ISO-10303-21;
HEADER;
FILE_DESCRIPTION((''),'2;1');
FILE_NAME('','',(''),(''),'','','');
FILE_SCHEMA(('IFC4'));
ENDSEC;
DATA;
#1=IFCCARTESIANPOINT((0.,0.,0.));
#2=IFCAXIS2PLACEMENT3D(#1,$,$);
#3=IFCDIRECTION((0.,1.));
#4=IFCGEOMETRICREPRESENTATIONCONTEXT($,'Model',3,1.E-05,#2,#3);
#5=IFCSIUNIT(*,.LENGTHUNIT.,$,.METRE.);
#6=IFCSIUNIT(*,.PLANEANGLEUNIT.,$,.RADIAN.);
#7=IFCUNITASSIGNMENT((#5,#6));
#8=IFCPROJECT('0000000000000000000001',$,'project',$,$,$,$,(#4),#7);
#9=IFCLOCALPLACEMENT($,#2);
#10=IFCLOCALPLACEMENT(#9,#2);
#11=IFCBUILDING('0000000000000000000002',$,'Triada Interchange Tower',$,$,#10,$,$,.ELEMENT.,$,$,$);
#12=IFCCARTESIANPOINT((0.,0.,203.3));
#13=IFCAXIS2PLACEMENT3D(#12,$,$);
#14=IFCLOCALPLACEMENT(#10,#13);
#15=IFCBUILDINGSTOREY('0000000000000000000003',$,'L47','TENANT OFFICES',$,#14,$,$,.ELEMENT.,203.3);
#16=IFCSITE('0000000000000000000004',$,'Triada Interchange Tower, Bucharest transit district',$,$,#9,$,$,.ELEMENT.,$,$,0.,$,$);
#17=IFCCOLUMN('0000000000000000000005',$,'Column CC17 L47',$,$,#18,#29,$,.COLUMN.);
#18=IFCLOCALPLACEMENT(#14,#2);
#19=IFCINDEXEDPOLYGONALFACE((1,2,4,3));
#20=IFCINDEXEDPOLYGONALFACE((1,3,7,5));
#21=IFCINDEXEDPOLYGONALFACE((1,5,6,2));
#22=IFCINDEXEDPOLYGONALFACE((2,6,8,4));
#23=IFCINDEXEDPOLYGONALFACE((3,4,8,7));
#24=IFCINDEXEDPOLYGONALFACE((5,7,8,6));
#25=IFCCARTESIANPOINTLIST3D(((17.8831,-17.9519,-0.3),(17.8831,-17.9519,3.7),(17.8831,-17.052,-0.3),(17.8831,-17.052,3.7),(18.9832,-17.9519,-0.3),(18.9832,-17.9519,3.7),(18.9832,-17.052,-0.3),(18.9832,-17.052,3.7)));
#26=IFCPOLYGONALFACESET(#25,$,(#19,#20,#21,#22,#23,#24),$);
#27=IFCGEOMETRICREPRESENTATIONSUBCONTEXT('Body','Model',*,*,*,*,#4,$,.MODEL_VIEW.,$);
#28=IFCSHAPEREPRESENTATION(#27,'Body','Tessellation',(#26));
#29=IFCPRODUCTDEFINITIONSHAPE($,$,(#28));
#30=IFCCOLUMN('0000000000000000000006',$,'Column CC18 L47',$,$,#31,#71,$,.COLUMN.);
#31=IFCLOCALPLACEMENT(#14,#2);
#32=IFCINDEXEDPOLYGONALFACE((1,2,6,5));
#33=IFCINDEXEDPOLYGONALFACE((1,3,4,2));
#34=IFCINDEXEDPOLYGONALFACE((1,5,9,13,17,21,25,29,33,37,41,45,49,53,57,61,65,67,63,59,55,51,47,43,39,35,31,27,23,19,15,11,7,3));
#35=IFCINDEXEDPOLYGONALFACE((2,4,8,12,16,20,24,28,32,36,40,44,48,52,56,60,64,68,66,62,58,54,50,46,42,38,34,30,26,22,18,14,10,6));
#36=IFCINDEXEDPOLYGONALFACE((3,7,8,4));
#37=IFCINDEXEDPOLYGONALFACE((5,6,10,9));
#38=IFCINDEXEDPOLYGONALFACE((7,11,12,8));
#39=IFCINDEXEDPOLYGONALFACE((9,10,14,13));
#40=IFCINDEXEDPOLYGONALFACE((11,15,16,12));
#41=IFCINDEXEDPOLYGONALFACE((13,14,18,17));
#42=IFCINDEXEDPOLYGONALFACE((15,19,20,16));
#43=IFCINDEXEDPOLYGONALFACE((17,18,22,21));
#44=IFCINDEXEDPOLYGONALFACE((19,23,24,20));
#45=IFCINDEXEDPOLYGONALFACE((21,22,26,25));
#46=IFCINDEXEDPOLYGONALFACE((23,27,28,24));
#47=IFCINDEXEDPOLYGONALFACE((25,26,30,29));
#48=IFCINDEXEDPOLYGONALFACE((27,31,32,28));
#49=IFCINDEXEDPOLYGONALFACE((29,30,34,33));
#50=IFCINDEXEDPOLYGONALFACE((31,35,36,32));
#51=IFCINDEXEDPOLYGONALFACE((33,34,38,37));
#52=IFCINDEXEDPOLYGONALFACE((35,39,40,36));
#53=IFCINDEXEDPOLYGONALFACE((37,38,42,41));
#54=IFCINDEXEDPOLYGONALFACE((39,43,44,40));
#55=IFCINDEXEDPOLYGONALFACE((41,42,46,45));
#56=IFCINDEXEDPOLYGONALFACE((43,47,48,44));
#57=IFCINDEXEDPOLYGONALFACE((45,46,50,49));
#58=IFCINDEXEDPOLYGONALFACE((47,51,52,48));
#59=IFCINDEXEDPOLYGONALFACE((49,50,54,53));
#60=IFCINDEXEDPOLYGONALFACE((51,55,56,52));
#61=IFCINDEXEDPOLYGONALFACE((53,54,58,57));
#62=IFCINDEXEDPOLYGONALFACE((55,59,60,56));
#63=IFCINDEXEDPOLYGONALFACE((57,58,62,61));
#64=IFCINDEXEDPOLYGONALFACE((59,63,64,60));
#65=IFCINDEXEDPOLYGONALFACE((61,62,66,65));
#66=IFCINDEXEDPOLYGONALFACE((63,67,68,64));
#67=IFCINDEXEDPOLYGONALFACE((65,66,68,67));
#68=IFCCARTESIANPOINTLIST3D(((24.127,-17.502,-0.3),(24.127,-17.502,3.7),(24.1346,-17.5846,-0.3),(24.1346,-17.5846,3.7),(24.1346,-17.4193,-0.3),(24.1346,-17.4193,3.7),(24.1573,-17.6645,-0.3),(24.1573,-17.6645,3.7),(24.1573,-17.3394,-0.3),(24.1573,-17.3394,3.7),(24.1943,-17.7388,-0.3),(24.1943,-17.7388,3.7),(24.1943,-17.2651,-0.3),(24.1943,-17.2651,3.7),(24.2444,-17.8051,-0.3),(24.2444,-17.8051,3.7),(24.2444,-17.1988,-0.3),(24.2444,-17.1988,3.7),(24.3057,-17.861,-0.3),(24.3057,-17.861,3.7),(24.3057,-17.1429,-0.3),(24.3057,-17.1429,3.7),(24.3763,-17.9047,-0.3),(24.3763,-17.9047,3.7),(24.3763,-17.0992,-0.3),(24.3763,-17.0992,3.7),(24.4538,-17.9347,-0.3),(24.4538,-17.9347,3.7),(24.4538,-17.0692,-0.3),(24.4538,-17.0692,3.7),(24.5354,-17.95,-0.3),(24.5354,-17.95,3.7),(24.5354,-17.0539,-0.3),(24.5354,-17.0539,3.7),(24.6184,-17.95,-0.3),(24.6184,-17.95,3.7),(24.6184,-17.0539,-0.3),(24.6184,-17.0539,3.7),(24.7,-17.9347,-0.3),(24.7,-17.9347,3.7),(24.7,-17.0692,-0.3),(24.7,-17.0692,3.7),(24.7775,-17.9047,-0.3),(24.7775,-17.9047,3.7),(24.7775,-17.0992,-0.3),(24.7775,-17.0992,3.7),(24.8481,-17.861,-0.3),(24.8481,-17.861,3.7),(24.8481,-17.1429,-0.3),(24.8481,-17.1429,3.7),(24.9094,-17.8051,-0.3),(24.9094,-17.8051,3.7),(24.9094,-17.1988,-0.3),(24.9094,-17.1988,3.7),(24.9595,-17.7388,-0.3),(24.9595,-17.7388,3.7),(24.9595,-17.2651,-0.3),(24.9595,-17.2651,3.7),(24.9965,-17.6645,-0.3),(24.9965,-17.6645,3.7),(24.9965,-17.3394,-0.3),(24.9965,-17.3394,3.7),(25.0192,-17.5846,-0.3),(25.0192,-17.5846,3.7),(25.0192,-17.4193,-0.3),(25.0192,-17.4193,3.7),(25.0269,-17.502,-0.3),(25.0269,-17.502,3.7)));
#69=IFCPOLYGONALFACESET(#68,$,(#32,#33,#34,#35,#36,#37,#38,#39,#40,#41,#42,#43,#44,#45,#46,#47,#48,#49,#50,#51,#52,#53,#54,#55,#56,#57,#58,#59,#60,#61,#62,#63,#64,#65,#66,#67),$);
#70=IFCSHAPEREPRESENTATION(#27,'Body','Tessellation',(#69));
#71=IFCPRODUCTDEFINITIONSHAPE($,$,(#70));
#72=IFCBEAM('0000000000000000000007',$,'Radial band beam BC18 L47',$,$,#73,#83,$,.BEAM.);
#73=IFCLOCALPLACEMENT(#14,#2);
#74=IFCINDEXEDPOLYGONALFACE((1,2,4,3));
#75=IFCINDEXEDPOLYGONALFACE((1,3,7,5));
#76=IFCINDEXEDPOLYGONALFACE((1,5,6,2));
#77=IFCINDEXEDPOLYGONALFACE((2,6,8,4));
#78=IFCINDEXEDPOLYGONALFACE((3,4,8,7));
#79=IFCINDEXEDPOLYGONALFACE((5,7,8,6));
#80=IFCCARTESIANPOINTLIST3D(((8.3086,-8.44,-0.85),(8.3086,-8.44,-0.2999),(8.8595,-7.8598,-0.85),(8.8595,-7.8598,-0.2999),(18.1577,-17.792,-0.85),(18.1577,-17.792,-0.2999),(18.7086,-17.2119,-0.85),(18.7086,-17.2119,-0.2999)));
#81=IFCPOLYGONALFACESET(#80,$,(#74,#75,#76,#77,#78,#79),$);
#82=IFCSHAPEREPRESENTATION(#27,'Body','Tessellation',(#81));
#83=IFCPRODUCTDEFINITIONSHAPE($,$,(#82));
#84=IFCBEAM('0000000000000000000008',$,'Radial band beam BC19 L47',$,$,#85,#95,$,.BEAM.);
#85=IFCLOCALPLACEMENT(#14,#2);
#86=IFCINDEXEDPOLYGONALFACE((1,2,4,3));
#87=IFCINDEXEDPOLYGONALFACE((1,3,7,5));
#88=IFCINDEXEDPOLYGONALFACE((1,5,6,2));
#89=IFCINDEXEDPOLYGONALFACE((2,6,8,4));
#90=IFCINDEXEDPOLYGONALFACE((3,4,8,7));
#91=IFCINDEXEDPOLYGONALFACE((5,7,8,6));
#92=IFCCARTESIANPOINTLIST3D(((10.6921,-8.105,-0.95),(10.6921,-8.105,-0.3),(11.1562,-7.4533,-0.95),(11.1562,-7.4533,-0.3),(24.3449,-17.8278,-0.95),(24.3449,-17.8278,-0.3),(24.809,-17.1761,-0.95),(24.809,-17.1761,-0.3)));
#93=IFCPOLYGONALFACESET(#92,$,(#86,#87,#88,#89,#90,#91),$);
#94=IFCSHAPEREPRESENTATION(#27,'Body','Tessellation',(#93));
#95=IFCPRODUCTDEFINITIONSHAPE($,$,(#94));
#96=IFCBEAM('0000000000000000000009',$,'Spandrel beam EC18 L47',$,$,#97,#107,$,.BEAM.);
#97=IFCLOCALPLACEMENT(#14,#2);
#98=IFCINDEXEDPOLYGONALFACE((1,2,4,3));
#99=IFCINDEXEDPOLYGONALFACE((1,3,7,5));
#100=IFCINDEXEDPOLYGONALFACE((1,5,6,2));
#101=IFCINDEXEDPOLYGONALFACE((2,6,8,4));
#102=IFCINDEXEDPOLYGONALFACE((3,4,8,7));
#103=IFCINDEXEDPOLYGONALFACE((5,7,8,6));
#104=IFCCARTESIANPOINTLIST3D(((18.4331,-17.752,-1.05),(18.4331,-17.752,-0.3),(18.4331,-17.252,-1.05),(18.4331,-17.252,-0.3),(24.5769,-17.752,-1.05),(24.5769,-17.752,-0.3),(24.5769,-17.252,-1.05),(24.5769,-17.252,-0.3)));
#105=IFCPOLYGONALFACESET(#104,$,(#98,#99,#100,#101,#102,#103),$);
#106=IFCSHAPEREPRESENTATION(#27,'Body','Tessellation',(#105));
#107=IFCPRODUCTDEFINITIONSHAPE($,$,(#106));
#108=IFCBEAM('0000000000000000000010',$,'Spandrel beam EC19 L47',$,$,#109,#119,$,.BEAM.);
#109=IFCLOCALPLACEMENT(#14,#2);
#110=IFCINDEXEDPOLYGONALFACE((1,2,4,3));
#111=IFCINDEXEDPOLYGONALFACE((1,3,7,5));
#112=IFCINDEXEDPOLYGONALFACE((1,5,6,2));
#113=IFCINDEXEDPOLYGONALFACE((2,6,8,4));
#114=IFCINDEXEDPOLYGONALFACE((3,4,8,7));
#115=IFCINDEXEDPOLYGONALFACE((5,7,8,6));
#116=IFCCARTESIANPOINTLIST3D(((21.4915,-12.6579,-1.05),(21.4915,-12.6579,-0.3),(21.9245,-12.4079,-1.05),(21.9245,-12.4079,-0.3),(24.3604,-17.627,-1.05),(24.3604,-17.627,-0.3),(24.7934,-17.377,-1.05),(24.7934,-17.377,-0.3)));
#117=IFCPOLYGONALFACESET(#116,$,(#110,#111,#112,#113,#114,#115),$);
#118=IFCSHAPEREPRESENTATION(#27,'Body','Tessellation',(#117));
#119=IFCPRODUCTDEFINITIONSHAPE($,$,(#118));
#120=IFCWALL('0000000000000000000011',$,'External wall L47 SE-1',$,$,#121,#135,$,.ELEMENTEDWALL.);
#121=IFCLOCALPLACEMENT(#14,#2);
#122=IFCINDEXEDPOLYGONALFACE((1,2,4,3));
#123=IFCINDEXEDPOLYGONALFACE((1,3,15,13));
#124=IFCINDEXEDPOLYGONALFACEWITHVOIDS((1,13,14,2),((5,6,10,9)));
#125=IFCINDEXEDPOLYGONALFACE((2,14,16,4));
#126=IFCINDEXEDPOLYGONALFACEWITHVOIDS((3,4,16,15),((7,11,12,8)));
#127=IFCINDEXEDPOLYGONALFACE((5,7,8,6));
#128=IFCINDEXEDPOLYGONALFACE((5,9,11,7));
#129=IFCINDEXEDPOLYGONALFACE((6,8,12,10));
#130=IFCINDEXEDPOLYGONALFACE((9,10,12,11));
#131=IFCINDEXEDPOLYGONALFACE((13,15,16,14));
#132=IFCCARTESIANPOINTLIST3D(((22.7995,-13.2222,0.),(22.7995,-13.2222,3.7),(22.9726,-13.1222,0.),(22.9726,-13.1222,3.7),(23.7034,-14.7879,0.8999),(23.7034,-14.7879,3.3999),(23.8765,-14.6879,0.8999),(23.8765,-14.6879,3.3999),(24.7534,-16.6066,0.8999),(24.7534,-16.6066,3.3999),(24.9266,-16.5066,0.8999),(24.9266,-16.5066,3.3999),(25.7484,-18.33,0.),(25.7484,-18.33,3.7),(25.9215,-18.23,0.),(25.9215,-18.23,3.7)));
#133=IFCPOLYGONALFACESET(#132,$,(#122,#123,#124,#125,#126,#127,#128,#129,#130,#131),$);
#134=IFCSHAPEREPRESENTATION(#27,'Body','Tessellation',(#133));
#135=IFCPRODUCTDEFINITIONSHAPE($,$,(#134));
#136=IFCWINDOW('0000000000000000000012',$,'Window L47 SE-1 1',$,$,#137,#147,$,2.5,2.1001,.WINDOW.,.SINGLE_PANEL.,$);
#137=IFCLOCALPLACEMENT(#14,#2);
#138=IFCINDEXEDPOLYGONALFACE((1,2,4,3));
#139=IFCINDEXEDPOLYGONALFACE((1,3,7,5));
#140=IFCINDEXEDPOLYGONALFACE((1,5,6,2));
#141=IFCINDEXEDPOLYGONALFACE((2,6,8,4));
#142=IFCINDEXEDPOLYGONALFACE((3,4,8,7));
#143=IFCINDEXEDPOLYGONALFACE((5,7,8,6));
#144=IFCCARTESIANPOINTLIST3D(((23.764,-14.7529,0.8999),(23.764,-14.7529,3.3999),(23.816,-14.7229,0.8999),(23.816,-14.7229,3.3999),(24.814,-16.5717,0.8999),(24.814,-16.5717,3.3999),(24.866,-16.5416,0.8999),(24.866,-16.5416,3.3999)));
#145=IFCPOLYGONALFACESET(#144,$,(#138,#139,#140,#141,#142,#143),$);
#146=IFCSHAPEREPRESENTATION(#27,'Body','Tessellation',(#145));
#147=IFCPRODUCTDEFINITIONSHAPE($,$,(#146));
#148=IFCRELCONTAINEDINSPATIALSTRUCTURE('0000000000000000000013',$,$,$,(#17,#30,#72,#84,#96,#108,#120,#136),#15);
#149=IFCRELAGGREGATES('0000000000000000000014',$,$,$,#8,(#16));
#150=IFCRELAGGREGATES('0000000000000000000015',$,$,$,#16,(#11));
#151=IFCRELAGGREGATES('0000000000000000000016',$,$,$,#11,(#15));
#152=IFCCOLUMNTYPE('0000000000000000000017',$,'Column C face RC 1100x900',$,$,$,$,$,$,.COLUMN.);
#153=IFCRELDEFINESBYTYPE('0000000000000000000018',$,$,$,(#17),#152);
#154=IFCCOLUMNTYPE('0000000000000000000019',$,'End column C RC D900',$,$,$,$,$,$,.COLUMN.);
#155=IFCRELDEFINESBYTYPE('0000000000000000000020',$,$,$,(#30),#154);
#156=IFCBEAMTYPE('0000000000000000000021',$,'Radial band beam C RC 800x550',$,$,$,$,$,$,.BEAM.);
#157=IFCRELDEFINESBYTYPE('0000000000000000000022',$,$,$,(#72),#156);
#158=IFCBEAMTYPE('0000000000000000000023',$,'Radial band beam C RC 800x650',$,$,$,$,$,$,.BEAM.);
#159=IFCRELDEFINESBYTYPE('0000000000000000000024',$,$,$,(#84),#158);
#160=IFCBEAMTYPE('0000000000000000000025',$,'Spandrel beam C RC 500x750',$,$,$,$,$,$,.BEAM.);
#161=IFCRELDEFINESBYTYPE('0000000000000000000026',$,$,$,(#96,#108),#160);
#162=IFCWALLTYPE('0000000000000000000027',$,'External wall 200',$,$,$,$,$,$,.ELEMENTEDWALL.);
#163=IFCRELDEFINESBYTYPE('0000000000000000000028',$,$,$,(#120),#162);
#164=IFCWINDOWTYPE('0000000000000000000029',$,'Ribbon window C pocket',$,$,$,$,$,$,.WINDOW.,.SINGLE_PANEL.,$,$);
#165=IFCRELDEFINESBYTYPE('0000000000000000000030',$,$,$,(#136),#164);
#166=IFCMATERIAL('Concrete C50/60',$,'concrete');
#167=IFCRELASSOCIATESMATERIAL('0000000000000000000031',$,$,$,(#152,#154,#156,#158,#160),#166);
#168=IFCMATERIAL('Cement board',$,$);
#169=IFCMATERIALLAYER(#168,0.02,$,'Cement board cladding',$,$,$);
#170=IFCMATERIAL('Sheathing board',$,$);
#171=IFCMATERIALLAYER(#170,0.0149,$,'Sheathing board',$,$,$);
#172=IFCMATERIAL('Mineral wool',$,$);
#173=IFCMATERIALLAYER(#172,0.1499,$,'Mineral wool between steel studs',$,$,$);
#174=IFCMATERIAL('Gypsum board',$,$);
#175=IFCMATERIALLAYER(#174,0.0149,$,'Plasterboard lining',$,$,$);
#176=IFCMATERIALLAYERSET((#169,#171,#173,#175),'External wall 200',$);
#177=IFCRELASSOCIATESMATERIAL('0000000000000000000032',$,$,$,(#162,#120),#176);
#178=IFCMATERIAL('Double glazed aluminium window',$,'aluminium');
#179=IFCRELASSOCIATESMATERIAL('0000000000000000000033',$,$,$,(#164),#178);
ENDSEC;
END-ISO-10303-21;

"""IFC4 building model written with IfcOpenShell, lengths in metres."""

from ifc_helpers import new_model, si_unit, direction, frame, frame_2d, origin, origin_2d, place, context, subcontext, project, spatial, rectangle, circle, extrude, material, layer, layer_set, layer_usage, material_profile, profile_set, type_object, element, fill, save


model = new_model("IFC4")

# Units and contexts
model_context = context("Model", 3, precision=1e-05, world=origin(), true_north=direction((0.0, 1.0)))
body_context = subcontext(model_context, "Body", "Model", "MODEL_VIEW")
ifc_project = project(units=[si_unit("LENGTHUNIT", "METRE"), si_unit("PLANEANGLEUNIT", "RADIAN")], contexts=[model_context])

# Site, building, storey
site_placement = place(None, origin())
site = spatial("IfcSite", under=ifc_project, at=site_placement, Name="Triada Interchange Tower, Bucharest transit district", CompositionType="ELEMENT", RefElevation=0.0)
building_placement = place(site_placement, origin())
building = spatial("IfcBuilding", under=site, at=building_placement, Name="Triada Interchange Tower", CompositionType="ELEMENT")
storey_placement = place(building_placement, frame((0.0, 0.0, 203.3)))
storey = spatial("IfcBuildingStorey", under=building, at=storey_placement, Name="L47", Description="TENANT OFFICES", CompositionType="ELEMENT", Elevation=203.3)

# Columns
ifc_material_1 = material(Name="Concrete C50/60", Category="concrete")
ifc_material_profile_1 = material_profile(ifc_material_1, rectangle(XDim=1.1001, YDim=0.8999, at=origin_2d()), Name="RC 1100x900")
ifc_profile_set_1 = profile_set([ifc_material_profile_1], Name="Concrete C50/60")
column_type_1 = type_object("IfcColumnType", Name="Column C face RC 1100x900", PredefinedType="COLUMN", material=ifc_profile_set_1)
column_1_placement = place(storey_placement, frame((18.4331, -17.502, -0.3), z_axis=(0.0, 0.0, 1.0), x_axis=(1.0, 0.0, 0.0)))
element("IfcColumn", 1, at=column_1_placement, inside=storey, type_object=column_type_1, Name="Column CC17 L47", PredefinedType="COLUMN", context=body_context, shape_type="SweptSolid", body=[
    extrude(rectangle(XDim=1.1001, YDim=0.8999, at=origin_2d()), origin(), (0.0, 0.0, 1.0), 4.0),
])
ifc_material_profile_2 = material_profile(ifc_material_1, circle(Radius=0.45, at=origin_2d()), Name="RC D900")
ifc_profile_set_2 = profile_set([ifc_material_profile_2], Name="Concrete C50/60")
column_type_2 = type_object("IfcColumnType", Name="End column C RC D900", PredefinedType="COLUMN", material=ifc_profile_set_2)
column_2_placement = place(storey_placement, frame((24.5769, -17.502, -0.3), z_axis=(0.0, 0.0, 1.0), x_axis=(1.0, 0.0, 0.0)))
element("IfcColumn", 2, at=column_2_placement, inside=storey, type_object=column_type_2, Name="Column CC18 L47", PredefinedType="COLUMN", context=body_context, shape_type="SweptSolid", body=[
    extrude(circle(Radius=0.45, at=origin_2d()), origin(), (0.0, 0.0, 1.0), 4.0),
])

# Beams
ifc_material_profile_3 = material_profile(ifc_material_1, rectangle(XDim=0.8, YDim=0.55, at=origin_2d()), Name="RC 800x550")
ifc_profile_set_3 = profile_set([ifc_material_profile_3], Name="Concrete C50/60")
beam_type_1 = type_object("IfcBeamType", Name="Radial band beam C RC 800x550", PredefinedType="BEAM", material=ifc_profile_set_3)
beam_1_placement = place(storey_placement, frame((18.4331, -17.502, -0.575), z_axis=(-0.725169, 0.688571, 0.0), x_axis=(-0.688571, -0.725169, 0.0)))
element("IfcBeam", 3, at=beam_1_placement, inside=storey, type_object=beam_type_1, Name="Radial band beam BC18 L47", PredefinedType="BEAM", context=body_context, shape_type="SweptSolid", body=[
    extrude(rectangle(XDim=0.8, YDim=0.55, at=origin_2d()), origin(), (0.0, 0.0, 1.0), 13.5818),
])
ifc_material_profile_4 = material_profile(ifc_material_1, rectangle(XDim=0.8, YDim=0.6499, at=origin_2d()), Name="RC 800x650")
ifc_profile_set_4 = profile_set([ifc_material_profile_4], Name="Concrete C50/60")
beam_type_2 = type_object("IfcBeamType", Name="Radial band beam C RC 800x650", PredefinedType="BEAM", material=ifc_profile_set_4)
beam_2_placement = place(storey_placement, frame((24.5769, -17.502, -0.625), z_axis=(-0.814554, 0.580087, 0.0), x_axis=(-0.580087, -0.814554, 0.0)))
element("IfcBeam", 4, at=beam_2_placement, inside=storey, type_object=beam_type_2, Name="Radial band beam BC19 L47", PredefinedType="BEAM", context=body_context, shape_type="SweptSolid", body=[
    extrude(rectangle(XDim=0.8, YDim=0.6499, at=origin_2d()), origin(), (0.0, 0.0, 1.0), 16.761),
])
ifc_material_profile_5 = material_profile(ifc_material_1, rectangle(XDim=0.5, YDim=0.75, at=origin_2d()), Name="RC 500x750")
ifc_profile_set_5 = profile_set([ifc_material_profile_5], Name="Concrete C50/60")
beam_type_3 = type_object("IfcBeamType", Name="Spandrel beam C RC 500x750", PredefinedType="BEAM", material=ifc_profile_set_5)
beam_3_placement = place(storey_placement, frame((18.4331, -17.502, -0.675), z_axis=(1.0, 0.0, 0.0), x_axis=(0.0, 1.0, 0.0)))
element("IfcBeam", 5, at=beam_3_placement, inside=storey, type_object=beam_type_3, Name="Spandrel beam EC18 L47", PredefinedType="BEAM", context=body_context, shape_type="SweptSolid", body=[
    extrude(rectangle(XDim=0.5, YDim=0.75, at=origin_2d()), origin(), (0.0, 0.0, 1.0), 6.1438),
])
beam_4_placement = place(storey_placement, frame((24.5769, -17.502, -0.675), z_axis=(-0.500006, 0.866022, 0.0), x_axis=(-0.866022, -0.500006, 0.0)))
element("IfcBeam", 6, at=beam_4_placement, inside=storey, type_object=beam_type_3, Name="Spandrel beam EC19 L47", PredefinedType="BEAM", context=body_context, shape_type="SweptSolid", body=[
    extrude(rectangle(XDim=0.5, YDim=0.75, at=origin_2d()), origin(), (0.0, 0.0, 1.0), 5.7378),
])

# Wall, opening, window
ifc_material_2 = material(Name="Cement board")
ifc_layer_1 = layer(ifc_material_2, 0.02, Name="Cement board cladding")
ifc_material_3 = material(Name="Sheathing board")
ifc_layer_2 = layer(ifc_material_3, 0.0149, Name="Sheathing board")
ifc_material_4 = material(Name="Mineral wool")
ifc_layer_3 = layer(ifc_material_4, 0.1499, Name="Mineral wool between steel studs")
ifc_material_5 = material(Name="Gypsum board")
ifc_layer_4 = layer(ifc_material_5, 0.0149, Name="Plasterboard lining")
ifc_layer_set_1 = layer_set([ifc_layer_1, ifc_layer_2, ifc_layer_3, ifc_layer_4], Name="External wall 200")
ifc_layer_usage = layer_usage(ifc_layer_set_1, "AXIS2", "POSITIVE", -0.1001)
wall_type_1 = type_object("IfcWallType", Name="External wall 200", PredefinedType="ELEMENTEDWALL", material=ifc_layer_set_1)
wall_1_placement = place(storey_placement, frame((25.835, -18.28, 0.0), z_axis=(0.0, 0.0, 1.0), x_axis=(-0.49999, 0.866031, 0.0)))
wall_1 = element("IfcWall", 7, at=wall_1_placement, inside=storey, type_object=wall_type_1, material=ifc_layer_usage, Name="External wall L47 SE-1", PredefinedType="ELEMENTEDWALL", context=body_context, shape_type="SweptSolid", body=[
    extrude(rectangle(XDim=5.8979, YDim=0.2, at=frame_2d((2.949, 0.0))), origin(), (0.0, 0.0, 1.0), 3.7),
])
opening_1_placement = place(wall_1_placement, frame((1.99, 0.0, 0.8999)))
opening_1 = element("IfcOpeningElement", 8, at=opening_1_placement, cuts=wall_1, PredefinedType="OPENING", context=body_context, shape_type="SweptSolid", body=[
    extrude(rectangle(XDim=2.1001, YDim=2.5, at=frame_2d((1.05, 1.25))), frame((0.0, 0.1099, 0.0), z_axis=(0.0, -1.0, 0.0), x_axis=(1.0, 0.0, 0.0)), (0.0, 0.0, 1.0), 0.22),
])
ifc_material_6 = material(Name="Double glazed aluminium window", Category="aluminium")
window_type_1 = type_object("IfcWindowType", Name="Ribbon window C pocket", PartitioningType="SINGLE_PANEL", PredefinedType="WINDOW", material=ifc_material_6)
window_1_placement = place(opening_1_placement, origin())
window_1 = element("IfcWindow", 9, at=window_1_placement, inside=storey, type_object=window_type_1, Name="Window L47 SE-1 1", OverallHeight=2.5, OverallWidth=2.1001, PartitioningType="SINGLE_PANEL", PredefinedType="WINDOW", context=body_context, shape_type="SweptSolid", body=[
    extrude(rectangle(XDim=2.1001, YDim=2.5, at=frame_2d((1.05, 1.25))), frame((0.0, 0.03, 0.0), z_axis=(0.0, -1.0, 0.0), x_axis=(1.0, 0.0, 0.0)), (0.0, 0.0, 1.0), 0.0601),
])
fill(opening_1, window_1)

save(model, "model.ifc")
